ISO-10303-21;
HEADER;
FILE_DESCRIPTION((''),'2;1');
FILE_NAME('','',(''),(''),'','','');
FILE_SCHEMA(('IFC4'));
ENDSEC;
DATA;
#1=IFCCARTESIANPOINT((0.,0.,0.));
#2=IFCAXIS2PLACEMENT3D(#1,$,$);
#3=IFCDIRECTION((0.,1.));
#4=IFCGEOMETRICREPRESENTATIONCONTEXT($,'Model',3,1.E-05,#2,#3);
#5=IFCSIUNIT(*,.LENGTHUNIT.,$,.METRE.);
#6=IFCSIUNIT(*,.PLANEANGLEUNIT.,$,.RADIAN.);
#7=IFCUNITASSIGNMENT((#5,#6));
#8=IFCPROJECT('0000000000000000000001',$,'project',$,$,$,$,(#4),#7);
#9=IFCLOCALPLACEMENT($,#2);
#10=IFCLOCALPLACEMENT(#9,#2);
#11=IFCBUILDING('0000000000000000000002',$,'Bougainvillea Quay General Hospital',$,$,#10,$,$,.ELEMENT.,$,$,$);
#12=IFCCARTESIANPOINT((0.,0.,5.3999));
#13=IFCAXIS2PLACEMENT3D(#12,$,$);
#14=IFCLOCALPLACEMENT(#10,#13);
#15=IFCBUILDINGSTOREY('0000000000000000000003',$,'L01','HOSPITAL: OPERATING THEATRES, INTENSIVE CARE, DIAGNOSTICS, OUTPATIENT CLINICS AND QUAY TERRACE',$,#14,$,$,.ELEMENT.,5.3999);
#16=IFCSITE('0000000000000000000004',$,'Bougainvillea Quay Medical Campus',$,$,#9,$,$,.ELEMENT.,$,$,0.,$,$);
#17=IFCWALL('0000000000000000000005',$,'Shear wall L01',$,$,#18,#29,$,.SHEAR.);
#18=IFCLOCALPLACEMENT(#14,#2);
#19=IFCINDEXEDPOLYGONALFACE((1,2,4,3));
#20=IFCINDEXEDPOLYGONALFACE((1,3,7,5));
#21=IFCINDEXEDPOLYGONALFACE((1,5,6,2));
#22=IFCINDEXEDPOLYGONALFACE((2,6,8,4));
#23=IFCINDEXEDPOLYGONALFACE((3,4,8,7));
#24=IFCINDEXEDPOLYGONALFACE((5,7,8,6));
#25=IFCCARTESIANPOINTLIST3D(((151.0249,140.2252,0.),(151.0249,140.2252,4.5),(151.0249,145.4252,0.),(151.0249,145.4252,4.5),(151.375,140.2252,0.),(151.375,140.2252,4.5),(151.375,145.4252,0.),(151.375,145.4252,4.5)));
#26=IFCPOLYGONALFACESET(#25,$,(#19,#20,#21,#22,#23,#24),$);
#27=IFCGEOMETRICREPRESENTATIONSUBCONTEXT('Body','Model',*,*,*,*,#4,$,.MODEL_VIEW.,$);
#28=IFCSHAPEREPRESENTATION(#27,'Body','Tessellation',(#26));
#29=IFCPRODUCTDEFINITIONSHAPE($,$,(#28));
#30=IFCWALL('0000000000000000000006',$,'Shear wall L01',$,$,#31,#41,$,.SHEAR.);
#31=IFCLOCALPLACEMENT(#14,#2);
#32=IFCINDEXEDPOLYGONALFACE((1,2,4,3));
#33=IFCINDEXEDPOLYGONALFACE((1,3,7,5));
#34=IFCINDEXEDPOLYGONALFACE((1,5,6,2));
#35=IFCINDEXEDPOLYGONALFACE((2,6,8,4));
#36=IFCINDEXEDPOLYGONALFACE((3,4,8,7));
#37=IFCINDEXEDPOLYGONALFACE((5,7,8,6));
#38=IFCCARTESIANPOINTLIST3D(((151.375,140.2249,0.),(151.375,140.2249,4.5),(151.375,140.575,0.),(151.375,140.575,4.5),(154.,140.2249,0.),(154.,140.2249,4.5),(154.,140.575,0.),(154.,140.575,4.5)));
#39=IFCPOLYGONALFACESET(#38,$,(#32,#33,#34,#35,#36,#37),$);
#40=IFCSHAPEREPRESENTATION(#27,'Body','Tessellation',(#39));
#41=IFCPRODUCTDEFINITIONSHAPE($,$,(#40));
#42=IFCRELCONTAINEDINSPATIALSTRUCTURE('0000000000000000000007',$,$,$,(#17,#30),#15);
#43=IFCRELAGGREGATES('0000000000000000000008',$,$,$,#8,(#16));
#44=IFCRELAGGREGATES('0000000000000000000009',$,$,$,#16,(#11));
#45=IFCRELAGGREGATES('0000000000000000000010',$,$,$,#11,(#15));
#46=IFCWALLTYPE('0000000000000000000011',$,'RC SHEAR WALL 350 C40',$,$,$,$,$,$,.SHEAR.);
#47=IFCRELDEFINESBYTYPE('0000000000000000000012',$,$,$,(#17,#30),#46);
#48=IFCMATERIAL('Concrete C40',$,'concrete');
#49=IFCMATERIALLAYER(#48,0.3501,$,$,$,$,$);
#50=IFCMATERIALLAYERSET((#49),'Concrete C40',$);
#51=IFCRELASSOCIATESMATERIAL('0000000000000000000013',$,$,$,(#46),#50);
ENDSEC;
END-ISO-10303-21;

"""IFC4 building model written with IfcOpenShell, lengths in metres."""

from ifc_helpers import new_model, si_unit, direction, frame, frame_2d, origin, place, context, subcontext, project, spatial, rectangle, extrude, material, layer, layer_set, type_object, element, save


model = new_model("IFC4")

# Units and contexts
model_context = context("Model", 3, precision=1e-05, world=origin(), true_north=direction((0.0, 1.0)))
body_context = subcontext(model_context, "Body", "Model", "MODEL_VIEW")
ifc_project = project(units=[si_unit("LENGTHUNIT", "METRE"), si_unit("PLANEANGLEUNIT", "RADIAN")], contexts=[model_context])

# Site, building, storey
site_placement = place(None, origin())
site = spatial("IfcSite", under=ifc_project, at=site_placement, Name="Bougainvillea Quay Medical Campus", CompositionType="ELEMENT", RefElevation=0.0)
building_placement = place(site_placement, origin())
building = spatial("IfcBuilding", under=site, at=building_placement, Name="Bougainvillea Quay General Hospital", CompositionType="ELEMENT")
storey_placement = place(building_placement, frame((0.0, 0.0, 5.3999)))
storey = spatial("IfcBuildingStorey", under=building, at=storey_placement, Name="L01", Description="HOSPITAL: OPERATING THEATRES, INTENSIVE CARE, DIAGNOSTICS, OUTPATIENT CLINICS AND QUAY TERRACE", CompositionType="ELEMENT", Elevation=5.3999)

# Shared definitions
ifc_material_1 = material(Name="Concrete C40", Category="concrete")
ifc_layer_1 = layer(ifc_material_1, 0.3501)
ifc_layer_set_1 = layer_set([ifc_layer_1], Name="Concrete C40")
wall_type_1 = type_object("IfcWallType", Name="RC SHEAR WALL 350 C40", PredefinedType="SHEAR", material=ifc_layer_set_1)

# Walls
wall_1_placement = place(storey_placement, frame((151.2, 140.2251, 0.0), z_axis=(0.0, 0.0, 1.0), x_axis=(0.0, 1.0, 0.0)))
element("IfcWall", 1, at=wall_1_placement, inside=storey, type_object=wall_type_1, Name="Shear wall L01", PredefinedType="SHEAR", context=body_context, shape_type="SweptSolid", body=[
    extrude(rectangle(XDim=5.2, YDim=0.3501, at=frame_2d((2.6001, 0.0))), origin(), (0.0, 0.0, 1.0), 4.5),
])
wall_2_placement = place(storey_placement, frame((151.375, 140.3999, 0.0), z_axis=(0.0, 0.0, 1.0), x_axis=(1.0, 0.0, 0.0)))
element("IfcWall", 2, at=wall_2_placement, inside=storey, type_object=wall_type_1, Name="Shear wall L01", PredefinedType="SHEAR", context=body_context, shape_type="SweptSolid", body=[
    extrude(rectangle(XDim=2.625, YDim=0.3501, at=frame_2d((1.3125, 0.0))), origin(), (0.0, 0.0, 1.0), 4.5),
])

save(model, "model.ifc")
